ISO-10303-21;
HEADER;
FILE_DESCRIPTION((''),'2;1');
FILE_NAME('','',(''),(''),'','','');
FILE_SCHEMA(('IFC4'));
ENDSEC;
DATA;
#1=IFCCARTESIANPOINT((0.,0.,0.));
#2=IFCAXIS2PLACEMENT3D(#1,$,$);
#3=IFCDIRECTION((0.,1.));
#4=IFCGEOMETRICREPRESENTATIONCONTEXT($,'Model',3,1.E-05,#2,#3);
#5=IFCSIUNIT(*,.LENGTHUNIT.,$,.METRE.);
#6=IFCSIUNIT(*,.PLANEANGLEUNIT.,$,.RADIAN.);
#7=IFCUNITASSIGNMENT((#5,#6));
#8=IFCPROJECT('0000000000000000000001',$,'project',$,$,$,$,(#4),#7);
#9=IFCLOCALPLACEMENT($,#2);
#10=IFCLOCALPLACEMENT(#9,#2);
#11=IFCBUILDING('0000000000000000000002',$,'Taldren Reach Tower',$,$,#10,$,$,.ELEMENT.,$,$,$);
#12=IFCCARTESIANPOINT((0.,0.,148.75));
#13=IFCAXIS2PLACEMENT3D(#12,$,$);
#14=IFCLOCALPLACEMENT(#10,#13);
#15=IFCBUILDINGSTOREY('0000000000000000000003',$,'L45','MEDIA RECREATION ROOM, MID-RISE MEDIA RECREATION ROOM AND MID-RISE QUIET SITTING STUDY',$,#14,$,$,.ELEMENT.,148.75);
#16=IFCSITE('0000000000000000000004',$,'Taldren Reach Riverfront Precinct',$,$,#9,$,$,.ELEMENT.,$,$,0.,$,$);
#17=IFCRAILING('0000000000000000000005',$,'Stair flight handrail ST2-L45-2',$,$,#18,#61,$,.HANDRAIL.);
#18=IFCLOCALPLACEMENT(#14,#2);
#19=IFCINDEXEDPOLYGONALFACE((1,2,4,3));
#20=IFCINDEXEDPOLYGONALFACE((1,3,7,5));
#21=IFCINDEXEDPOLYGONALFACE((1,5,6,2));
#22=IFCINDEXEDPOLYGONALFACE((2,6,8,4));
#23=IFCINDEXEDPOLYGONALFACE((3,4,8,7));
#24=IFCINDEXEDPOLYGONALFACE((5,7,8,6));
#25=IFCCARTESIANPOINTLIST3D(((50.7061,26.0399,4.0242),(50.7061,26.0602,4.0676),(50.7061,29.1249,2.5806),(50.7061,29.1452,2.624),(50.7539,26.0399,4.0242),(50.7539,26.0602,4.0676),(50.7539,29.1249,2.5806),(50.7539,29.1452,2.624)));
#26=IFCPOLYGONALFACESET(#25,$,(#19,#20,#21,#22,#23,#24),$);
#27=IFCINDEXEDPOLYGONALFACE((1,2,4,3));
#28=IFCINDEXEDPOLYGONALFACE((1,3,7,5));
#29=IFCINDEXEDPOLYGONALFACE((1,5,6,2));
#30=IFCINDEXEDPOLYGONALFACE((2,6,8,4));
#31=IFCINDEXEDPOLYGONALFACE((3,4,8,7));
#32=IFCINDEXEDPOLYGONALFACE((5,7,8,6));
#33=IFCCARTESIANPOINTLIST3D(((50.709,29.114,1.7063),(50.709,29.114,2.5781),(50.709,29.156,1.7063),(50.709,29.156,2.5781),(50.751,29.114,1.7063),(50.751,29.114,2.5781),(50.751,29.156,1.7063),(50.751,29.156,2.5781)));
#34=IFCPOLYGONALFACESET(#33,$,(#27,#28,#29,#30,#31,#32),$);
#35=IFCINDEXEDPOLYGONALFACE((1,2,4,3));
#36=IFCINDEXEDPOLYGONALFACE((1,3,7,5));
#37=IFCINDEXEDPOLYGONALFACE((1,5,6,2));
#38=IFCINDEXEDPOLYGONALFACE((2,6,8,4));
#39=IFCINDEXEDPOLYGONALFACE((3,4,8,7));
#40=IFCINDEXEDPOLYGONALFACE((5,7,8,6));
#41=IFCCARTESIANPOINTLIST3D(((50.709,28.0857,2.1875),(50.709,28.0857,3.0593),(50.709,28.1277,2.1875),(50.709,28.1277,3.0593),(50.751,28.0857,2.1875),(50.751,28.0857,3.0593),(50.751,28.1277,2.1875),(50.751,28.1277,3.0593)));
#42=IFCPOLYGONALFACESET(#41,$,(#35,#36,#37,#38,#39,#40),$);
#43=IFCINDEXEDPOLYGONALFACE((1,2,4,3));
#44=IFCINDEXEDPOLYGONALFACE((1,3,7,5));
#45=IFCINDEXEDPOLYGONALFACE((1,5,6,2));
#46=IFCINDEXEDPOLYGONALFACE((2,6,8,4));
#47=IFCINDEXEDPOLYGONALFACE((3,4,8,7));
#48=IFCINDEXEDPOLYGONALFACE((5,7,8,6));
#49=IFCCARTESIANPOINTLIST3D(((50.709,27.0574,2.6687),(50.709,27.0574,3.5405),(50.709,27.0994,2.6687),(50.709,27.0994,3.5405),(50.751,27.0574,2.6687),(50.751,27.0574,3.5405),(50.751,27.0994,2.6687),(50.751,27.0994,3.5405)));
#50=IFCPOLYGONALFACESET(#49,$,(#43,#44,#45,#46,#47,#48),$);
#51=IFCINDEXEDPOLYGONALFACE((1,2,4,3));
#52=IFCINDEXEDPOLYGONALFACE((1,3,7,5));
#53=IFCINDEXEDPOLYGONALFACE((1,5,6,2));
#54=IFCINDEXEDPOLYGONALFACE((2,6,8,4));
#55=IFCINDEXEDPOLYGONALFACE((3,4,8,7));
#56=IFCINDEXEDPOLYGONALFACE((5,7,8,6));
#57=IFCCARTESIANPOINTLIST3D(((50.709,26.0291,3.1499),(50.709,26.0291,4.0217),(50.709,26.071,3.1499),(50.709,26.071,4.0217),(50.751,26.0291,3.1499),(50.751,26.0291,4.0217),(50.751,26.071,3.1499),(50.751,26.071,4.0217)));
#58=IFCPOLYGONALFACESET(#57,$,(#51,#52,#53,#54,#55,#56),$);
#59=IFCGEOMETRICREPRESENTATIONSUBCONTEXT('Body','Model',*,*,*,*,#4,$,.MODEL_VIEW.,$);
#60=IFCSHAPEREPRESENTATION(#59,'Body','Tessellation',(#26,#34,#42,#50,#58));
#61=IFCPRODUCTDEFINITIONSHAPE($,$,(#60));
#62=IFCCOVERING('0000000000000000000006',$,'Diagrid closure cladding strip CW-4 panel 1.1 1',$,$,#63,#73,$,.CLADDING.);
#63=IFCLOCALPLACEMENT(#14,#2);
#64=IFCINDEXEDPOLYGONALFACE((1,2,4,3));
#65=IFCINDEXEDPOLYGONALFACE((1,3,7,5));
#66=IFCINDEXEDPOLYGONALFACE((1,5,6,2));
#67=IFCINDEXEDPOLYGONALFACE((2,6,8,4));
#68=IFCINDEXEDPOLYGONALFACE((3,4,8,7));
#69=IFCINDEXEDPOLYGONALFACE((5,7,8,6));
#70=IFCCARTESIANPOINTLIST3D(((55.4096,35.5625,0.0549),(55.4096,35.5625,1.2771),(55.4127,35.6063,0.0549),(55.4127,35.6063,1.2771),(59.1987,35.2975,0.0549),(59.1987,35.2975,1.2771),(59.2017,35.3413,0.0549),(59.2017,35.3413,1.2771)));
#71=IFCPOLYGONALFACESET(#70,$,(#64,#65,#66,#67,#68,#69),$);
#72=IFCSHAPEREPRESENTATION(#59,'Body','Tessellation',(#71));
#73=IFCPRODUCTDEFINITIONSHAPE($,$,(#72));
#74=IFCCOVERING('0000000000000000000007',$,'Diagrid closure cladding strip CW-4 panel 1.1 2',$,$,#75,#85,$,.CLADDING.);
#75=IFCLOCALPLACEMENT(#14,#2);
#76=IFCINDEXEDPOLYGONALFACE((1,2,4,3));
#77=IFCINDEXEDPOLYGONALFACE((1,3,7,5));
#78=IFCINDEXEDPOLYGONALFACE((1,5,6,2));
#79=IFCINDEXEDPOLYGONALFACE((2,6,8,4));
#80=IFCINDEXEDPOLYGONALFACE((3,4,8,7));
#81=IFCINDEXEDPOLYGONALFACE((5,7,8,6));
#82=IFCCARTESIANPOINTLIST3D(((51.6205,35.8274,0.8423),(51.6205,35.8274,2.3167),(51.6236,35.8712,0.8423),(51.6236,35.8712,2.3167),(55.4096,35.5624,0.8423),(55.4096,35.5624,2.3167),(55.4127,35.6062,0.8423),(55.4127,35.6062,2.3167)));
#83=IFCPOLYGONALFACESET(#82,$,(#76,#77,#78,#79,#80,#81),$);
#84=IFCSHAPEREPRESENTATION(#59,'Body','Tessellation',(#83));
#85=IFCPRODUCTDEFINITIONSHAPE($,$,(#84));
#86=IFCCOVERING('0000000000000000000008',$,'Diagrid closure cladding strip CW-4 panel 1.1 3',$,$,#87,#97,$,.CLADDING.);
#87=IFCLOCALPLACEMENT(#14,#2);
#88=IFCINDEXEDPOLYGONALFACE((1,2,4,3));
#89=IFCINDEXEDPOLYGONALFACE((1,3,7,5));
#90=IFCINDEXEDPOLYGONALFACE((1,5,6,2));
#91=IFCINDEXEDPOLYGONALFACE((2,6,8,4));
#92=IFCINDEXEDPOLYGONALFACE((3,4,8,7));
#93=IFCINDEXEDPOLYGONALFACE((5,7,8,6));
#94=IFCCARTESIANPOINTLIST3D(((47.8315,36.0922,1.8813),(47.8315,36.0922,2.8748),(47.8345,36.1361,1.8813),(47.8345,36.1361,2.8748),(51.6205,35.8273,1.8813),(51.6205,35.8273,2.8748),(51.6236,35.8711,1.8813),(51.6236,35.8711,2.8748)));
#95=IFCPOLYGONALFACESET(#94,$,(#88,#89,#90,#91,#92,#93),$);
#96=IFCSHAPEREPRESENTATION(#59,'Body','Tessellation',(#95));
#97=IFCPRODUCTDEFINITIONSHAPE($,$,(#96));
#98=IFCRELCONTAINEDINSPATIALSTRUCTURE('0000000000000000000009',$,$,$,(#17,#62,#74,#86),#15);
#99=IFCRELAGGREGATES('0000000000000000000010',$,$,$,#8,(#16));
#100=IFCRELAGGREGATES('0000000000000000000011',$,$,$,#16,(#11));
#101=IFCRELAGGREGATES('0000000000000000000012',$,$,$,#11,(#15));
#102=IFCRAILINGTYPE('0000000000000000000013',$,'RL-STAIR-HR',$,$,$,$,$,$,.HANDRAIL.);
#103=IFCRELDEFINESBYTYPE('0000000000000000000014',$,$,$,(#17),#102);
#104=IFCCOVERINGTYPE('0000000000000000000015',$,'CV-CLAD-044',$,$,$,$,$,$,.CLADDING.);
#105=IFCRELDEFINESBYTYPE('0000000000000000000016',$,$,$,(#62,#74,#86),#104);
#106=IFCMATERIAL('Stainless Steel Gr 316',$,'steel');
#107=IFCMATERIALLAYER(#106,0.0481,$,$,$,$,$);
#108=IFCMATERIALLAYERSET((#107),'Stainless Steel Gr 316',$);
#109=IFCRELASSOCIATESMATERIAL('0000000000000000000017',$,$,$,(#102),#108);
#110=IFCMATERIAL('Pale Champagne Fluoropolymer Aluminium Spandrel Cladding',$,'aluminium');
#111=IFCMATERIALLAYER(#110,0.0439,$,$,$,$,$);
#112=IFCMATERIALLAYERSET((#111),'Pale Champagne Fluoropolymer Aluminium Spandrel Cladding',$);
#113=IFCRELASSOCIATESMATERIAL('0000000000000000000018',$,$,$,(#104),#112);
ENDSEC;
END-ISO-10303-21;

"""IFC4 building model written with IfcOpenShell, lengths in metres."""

from ifc_helpers import new_model, si_unit, direction, frame, origin, origin_2d, place, context, subcontext, project, spatial, rectangle, extrude, source, transform, mapped, material, layer, layer_set, type_object, element, save


model = new_model("IFC4")

# Units and contexts
model_context = context("Model", 3, precision=1e-05, world=origin(), true_north=direction((0.0, 1.0)))
body_context = subcontext(model_context, "Body", "Model", "MODEL_VIEW")
ifc_project = project(units=[si_unit("LENGTHUNIT", "METRE"), si_unit("PLANEANGLEUNIT", "RADIAN")], contexts=[model_context])

# Site, building, storey
site_placement = place(None, origin())
site = spatial("IfcSite", under=ifc_project, at=site_placement, Name="Taldren Reach Riverfront Precinct", CompositionType="ELEMENT", RefElevation=0.0)
building_placement = place(site_placement, origin())
building = spatial("IfcBuilding", under=site, at=building_placement, Name="Taldren Reach Tower", CompositionType="ELEMENT")
storey_placement = place(building_placement, frame((0.0, 0.0, 148.75)))
storey = spatial("IfcBuildingStorey", under=building, at=storey_placement, Name="L45", Description="MEDIA RECREATION ROOM, MID-RISE MEDIA RECREATION ROOM AND MID-RISE QUIET SITTING STUDY", CompositionType="ELEMENT", Elevation=148.75)

# Railing
ifc_material_1 = material(Name="Stainless Steel Gr 316", Category="steel")
ifc_layer_1 = layer(ifc_material_1, 0.0481)
ifc_layer_set_1 = layer_set([ifc_layer_1], Name="Stainless Steel Gr 316")
railing_type_1 = type_object("IfcRailingType", Name="RL-STAIR-HR", PredefinedType="HANDRAIL", material=ifc_layer_set_1)
railing_1_placement = place(storey_placement, frame((50.73, 29.135, 1.7063)))
element("IfcRailing", 1, at=railing_1_placement, inside=storey, type_object=railing_type_1, Name="Stair flight handrail ST2-L45-2", PredefinedType="HANDRAIL", context=body_context, shape_type="SweptSolid", body=[
    extrude(rectangle(XDim=0.0479, YDim=0.0479, at=origin_2d()), frame((0.0, 0.0, 0.896), z_axis=(0.0, -0.905738, 0.423839), x_axis=(1.0, 0.0, 0.0)), (0.0, 0.0, 1.0), 3.406),
    extrude(rectangle(XDim=0.042, YDim=0.042, at=origin_2d()), origin(), (0.0, 0.0, 1.0), 0.8718),
    extrude(rectangle(XDim=0.042, YDim=0.042, at=origin_2d()), frame((0.0, -1.0283, 0.4812)), (0.0, 0.0, 1.0), 0.8718),
    extrude(rectangle(XDim=0.042, YDim=0.042, at=origin_2d()), frame((0.0, -2.0566, 0.9624)), (0.0, 0.0, 1.0), 0.8718),
    extrude(rectangle(XDim=0.042, YDim=0.042, at=origin_2d()), frame((0.0, -3.085, 1.4436)), (0.0, 0.0, 1.0), 0.8718),
])

# Coverings
ifc_material_2 = material(Name="Pale Champagne Fluoropolymer Aluminium Spandrel Cladding", Category="aluminium")
ifc_layer_2 = layer(ifc_material_2, 0.0439)
ifc_layer_set_2 = layer_set([ifc_layer_2], Name="Pale Champagne Fluoropolymer Aluminium Spandrel Cladding")
covering_type = type_object("IfcCoveringType", Name="CV-CLAD-044", PredefinedType="CLADDING", material=ifc_layer_set_2)
shared_shape_1 = source(origin(), body_context, "Body", "SweptSolid", [
    extrude(rectangle(XDim=3.7983, YDim=0.0439, at=origin_2d()), origin(), (0.0, 0.0, 1.0), 1.2222),
])
covering_1_placement = place(storey_placement, frame((57.3057, 35.4519, 0.0549), z_axis=(0.0, 0.0, 1.0), x_axis=(-0.997564, 0.069757, 0.0)))
element("IfcCovering", 2, at=covering_1_placement, inside=storey, type_object=covering_type, Name="Diagrid closure cladding strip CW-4 panel 1.1 1", PredefinedType="CLADDING", context=body_context, shape_type="MappedRepresentation", body=[
    mapped(shared_shape_1, transform((0.0, 0.0, 0.0), scale=1.0)),
])
shared_shape_2 = source(origin(), body_context, "Body", "SweptSolid", [
    extrude(rectangle(XDim=3.7983, YDim=0.0439, at=origin_2d()), origin(), (0.0, 0.0, 1.0), 1.4744),
])
covering_2_placement = place(storey_placement, frame((53.5166, 35.7168, 0.8423), z_axis=(0.0, 0.0, 1.0), x_axis=(-0.997564, 0.069757, 0.0)))
element("IfcCovering", 3, at=covering_2_placement, inside=storey, type_object=covering_type, Name="Diagrid closure cladding strip CW-4 panel 1.1 2", PredefinedType="CLADDING", context=body_context, shape_type="MappedRepresentation", body=[
    mapped(shared_shape_2, transform((0.0, 0.0, 0.0), scale=1.0)),
])
shared_shape_3 = source(origin(), body_context, "Body", "SweptSolid", [
    extrude(rectangle(XDim=3.7983, YDim=0.0439, at=origin_2d()), origin(), (0.0, 0.0, 1.0), 0.9934),
])
covering_3_placement = place(storey_placement, frame((49.7275, 35.9817, 1.8813), z_axis=(0.0, 0.0, 1.0), x_axis=(-0.997564, 0.069757, 0.0)))
element("IfcCovering", 4, at=covering_3_placement, inside=storey, type_object=covering_type, Name="Diagrid closure cladding strip CW-4 panel 1.1 3", PredefinedType="CLADDING", context=body_context, shape_type="MappedRepresentation", body=[
    mapped(shared_shape_3, transform((0.0, 0.0, 0.0), scale=1.0)),
])

save(model, "model.ifc")
